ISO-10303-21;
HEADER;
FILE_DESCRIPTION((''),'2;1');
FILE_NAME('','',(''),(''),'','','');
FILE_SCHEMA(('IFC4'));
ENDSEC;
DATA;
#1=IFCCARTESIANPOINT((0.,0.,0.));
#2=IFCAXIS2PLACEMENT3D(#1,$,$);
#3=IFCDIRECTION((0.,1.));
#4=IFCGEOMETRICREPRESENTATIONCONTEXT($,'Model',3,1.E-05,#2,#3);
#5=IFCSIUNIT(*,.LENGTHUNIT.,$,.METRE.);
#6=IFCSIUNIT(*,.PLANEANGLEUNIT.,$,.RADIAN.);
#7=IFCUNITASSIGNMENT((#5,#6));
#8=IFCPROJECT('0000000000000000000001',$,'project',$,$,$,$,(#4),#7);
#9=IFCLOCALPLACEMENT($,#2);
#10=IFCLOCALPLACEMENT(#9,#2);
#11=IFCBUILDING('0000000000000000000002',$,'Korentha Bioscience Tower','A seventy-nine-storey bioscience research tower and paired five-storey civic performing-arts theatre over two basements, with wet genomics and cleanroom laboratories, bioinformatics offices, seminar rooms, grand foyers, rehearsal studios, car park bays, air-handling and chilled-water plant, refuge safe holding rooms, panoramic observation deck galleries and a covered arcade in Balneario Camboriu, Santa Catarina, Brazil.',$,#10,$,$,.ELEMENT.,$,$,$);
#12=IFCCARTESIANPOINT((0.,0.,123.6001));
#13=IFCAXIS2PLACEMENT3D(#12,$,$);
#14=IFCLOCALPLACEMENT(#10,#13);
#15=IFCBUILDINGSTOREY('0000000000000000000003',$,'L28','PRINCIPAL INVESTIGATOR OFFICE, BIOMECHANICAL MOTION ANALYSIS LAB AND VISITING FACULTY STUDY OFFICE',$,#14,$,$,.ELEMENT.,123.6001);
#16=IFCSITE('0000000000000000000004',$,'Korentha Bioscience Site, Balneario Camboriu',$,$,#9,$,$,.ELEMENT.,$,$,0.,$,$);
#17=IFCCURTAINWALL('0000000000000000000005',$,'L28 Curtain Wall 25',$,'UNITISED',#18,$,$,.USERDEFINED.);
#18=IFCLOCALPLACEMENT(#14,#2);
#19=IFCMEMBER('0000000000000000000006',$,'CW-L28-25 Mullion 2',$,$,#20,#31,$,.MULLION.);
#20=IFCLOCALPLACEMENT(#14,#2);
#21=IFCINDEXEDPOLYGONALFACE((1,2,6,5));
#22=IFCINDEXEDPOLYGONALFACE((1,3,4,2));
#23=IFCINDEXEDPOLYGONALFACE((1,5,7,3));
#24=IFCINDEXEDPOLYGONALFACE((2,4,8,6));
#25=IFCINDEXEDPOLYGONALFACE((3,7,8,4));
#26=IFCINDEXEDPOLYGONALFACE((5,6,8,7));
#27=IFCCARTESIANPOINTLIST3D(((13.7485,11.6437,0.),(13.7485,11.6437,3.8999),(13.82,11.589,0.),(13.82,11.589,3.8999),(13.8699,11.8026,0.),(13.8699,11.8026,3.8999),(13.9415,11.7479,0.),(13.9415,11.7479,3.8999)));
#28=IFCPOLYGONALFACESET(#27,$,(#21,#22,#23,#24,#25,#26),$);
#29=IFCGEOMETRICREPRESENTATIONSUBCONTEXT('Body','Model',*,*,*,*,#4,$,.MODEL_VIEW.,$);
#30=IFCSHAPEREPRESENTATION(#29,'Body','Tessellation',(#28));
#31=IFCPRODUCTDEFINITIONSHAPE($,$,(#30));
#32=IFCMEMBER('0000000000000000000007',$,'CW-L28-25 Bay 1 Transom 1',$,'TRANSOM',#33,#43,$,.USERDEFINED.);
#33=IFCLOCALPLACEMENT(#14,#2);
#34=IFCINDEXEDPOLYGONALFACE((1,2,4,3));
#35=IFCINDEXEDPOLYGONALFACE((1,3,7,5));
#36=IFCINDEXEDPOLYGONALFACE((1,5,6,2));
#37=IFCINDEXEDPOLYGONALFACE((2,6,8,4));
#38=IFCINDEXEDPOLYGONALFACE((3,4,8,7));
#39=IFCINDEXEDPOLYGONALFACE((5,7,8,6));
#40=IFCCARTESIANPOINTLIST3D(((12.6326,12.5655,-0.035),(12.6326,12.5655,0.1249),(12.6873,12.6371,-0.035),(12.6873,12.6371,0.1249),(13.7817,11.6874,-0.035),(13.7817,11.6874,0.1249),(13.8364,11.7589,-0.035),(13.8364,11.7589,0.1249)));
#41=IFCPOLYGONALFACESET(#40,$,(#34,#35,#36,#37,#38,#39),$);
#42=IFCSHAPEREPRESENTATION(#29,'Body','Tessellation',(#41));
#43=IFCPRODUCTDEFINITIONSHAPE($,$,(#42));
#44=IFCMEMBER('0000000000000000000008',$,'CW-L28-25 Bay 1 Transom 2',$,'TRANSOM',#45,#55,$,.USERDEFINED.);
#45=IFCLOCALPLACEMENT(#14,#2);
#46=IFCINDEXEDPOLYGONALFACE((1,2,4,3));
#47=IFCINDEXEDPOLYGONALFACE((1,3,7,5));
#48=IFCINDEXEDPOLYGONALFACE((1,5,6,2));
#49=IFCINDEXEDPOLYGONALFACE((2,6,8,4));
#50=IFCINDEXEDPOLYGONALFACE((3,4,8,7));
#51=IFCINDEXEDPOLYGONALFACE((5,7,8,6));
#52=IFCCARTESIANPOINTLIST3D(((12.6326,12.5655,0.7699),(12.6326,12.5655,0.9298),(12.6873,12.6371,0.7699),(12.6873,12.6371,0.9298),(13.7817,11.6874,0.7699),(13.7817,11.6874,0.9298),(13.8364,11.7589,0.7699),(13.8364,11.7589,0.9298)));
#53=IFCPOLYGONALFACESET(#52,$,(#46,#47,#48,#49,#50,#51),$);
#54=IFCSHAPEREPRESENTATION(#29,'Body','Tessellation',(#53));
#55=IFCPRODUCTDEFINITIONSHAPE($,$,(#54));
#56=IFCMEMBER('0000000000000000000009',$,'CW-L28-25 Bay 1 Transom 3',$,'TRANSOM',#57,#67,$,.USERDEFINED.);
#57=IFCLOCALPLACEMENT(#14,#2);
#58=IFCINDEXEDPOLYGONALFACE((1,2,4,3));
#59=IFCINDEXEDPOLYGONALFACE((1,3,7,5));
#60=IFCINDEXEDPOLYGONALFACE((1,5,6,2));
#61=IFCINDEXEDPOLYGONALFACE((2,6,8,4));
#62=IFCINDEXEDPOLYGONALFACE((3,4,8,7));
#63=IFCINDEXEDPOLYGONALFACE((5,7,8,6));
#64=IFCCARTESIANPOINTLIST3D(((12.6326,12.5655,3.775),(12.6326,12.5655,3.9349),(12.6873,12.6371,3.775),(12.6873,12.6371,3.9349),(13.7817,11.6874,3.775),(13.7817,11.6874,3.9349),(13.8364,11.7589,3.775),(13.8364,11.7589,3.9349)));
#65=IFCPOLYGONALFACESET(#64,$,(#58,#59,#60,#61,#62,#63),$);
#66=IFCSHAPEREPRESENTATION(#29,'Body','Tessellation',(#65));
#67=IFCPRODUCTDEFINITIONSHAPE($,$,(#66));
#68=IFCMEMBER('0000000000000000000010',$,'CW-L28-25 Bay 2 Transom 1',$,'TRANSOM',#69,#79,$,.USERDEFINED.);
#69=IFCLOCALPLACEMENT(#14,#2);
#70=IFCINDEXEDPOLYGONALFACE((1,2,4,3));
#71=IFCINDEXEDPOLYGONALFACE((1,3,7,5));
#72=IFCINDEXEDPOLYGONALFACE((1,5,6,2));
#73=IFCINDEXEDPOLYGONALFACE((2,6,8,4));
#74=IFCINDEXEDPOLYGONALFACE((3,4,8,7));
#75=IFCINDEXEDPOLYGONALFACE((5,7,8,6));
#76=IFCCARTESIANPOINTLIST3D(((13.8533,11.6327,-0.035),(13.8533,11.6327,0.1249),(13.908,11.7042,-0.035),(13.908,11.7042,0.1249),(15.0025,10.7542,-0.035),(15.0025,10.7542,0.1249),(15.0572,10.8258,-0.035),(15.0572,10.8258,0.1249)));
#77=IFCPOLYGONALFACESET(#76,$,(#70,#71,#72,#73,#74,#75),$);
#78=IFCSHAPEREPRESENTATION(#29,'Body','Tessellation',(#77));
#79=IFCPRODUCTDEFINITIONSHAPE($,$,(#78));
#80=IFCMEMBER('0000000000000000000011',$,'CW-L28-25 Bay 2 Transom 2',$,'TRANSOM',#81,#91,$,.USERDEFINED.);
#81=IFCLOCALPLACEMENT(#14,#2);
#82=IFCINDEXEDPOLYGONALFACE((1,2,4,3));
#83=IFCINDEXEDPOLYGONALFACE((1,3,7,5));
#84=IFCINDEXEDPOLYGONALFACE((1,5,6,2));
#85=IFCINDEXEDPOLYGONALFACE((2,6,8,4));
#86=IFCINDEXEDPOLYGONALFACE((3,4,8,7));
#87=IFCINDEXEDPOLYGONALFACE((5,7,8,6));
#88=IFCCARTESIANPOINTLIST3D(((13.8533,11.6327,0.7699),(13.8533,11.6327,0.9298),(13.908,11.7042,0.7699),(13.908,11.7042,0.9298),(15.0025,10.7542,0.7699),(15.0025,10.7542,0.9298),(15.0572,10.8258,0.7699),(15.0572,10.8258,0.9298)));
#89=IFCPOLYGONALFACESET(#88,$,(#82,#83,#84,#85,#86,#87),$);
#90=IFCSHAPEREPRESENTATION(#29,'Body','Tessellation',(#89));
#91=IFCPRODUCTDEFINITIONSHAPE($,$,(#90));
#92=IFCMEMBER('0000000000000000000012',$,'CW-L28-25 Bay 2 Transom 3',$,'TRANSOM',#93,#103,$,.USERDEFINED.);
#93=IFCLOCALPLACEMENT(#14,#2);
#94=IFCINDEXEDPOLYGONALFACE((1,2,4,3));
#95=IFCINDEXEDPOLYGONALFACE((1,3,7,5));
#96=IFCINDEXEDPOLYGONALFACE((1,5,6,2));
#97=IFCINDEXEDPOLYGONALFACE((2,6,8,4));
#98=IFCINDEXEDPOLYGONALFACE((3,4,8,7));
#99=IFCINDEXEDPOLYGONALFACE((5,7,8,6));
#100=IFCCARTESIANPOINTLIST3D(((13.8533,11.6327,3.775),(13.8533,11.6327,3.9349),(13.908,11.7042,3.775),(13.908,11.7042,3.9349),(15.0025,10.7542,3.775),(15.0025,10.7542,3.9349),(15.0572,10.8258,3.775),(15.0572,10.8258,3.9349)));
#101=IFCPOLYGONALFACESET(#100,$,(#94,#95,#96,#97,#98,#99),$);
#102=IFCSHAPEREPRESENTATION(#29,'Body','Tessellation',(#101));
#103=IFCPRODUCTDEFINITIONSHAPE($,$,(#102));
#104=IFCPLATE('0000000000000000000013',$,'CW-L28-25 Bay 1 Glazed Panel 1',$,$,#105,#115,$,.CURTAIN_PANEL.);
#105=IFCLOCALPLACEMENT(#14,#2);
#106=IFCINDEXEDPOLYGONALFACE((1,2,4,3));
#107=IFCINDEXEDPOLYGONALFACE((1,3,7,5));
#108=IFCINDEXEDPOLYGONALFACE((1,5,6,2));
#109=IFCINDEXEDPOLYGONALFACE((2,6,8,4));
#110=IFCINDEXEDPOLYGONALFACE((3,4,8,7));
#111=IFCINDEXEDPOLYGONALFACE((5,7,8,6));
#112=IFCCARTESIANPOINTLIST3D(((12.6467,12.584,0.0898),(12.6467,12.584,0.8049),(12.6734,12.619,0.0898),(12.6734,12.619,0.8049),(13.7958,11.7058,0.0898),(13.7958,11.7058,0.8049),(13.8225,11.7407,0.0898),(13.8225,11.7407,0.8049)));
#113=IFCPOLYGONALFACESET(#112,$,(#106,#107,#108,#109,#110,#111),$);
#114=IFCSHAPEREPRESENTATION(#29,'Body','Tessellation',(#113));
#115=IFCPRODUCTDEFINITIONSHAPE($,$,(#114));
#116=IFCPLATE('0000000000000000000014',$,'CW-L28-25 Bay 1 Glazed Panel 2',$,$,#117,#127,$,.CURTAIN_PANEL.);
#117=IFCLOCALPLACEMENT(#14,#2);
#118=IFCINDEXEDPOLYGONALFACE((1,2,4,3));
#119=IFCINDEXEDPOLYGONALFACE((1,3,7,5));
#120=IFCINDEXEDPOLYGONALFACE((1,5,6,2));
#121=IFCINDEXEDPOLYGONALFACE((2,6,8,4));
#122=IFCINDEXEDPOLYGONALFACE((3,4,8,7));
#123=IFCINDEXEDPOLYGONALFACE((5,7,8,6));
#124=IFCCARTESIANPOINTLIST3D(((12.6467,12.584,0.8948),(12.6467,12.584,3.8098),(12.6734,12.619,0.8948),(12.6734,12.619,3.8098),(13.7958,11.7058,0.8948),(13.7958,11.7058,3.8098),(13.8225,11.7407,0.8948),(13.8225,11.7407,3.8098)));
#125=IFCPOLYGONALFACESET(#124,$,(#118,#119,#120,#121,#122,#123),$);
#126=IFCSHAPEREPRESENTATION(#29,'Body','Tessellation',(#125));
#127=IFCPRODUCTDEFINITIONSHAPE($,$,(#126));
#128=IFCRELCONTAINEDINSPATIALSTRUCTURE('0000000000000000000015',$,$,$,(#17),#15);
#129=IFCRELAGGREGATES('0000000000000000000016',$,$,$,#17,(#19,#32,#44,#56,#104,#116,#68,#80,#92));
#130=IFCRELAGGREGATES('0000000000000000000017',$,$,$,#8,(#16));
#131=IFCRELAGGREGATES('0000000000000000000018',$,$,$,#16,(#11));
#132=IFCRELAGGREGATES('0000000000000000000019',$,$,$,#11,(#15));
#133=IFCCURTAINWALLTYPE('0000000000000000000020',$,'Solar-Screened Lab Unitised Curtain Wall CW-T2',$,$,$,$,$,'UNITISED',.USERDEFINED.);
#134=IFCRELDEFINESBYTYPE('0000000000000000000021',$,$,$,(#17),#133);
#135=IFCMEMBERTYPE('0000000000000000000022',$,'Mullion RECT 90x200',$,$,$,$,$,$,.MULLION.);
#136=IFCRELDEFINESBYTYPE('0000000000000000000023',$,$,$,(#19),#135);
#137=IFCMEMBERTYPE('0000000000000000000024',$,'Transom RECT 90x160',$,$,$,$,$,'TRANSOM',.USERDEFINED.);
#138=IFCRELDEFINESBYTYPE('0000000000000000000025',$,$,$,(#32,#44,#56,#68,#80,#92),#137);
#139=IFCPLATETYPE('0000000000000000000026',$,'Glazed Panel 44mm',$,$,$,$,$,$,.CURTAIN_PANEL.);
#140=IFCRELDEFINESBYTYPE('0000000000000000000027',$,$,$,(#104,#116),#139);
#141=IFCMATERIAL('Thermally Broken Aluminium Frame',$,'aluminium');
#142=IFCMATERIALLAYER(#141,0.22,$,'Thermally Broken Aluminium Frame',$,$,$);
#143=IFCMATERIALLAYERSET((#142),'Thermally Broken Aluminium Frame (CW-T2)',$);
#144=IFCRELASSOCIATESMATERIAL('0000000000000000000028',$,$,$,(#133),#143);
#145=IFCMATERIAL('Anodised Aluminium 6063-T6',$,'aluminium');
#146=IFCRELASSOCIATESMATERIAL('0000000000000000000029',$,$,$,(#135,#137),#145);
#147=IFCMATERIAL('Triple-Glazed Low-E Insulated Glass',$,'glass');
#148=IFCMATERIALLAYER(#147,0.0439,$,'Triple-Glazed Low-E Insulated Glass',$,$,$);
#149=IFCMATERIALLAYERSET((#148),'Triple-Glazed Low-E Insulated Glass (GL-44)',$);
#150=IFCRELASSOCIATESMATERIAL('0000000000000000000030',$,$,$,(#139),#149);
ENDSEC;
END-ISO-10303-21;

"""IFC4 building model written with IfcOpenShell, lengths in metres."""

from ifc_helpers import new_model, si_unit, direction, frame, origin, origin_2d, place, context, subcontext, project, spatial, rectangle, extrude, material, layer, layer_set, material_profile, profile_set, type_object, element, aggregate, save


model = new_model("IFC4")

# Units and contexts
model_context = context("Model", 3, precision=1e-05, world=origin(), true_north=direction((0.0, 1.0)))
body_context = subcontext(model_context, "Body", "Model", "MODEL_VIEW")
ifc_project = project(units=[si_unit("LENGTHUNIT", "METRE"), si_unit("PLANEANGLEUNIT", "RADIAN")], contexts=[model_context])

# Site, building, storey
site_placement = place(None, origin())
site = spatial("IfcSite", under=ifc_project, at=site_placement, Name="Korentha Bioscience Site, Balneario Camboriu", CompositionType="ELEMENT", RefElevation=0.0)
building_placement = place(site_placement, origin())
building = spatial("IfcBuilding", under=site, at=building_placement, Name="Korentha Bioscience Tower", Description="A seventy-nine-storey bioscience research tower and paired five-storey civic performing-arts theatre over two basements, with wet genomics and cleanroom laboratories, bioinformatics offices, seminar rooms, grand foyers, rehearsal studios, car park bays, air-handling and chilled-water plant, refuge safe holding rooms, panoramic observation deck galleries and a covered arcade in Balneario Camboriu, Santa Catarina, Brazil.", CompositionType="ELEMENT")
storey_placement = place(building_placement, frame((0.0, 0.0, 123.6001)))
storey = spatial("IfcBuildingStorey", under=building, at=storey_placement, Name="L28", Description="PRINCIPAL INVESTIGATOR OFFICE, BIOMECHANICAL MOTION ANALYSIS LAB AND VISITING FACULTY STUDY OFFICE", CompositionType="ELEMENT", Elevation=123.6001)

# Curtain wall, members, plates
ifc_material_1 = material(Name="Thermally Broken Aluminium Frame", Category="aluminium")
ifc_layer_1 = layer(ifc_material_1, 0.22, Name="Thermally Broken Aluminium Frame")
ifc_layer_set_1 = layer_set([ifc_layer_1], Name="Thermally Broken Aluminium Frame (CW-T2)")
curtain_wall_type = type_object("IfcCurtainWallType", Name="Solar-Screened Lab Unitised Curtain Wall CW-T2", ElementType="UNITISED", PredefinedType="USERDEFINED", material=ifc_layer_set_1)
curtain_wall_placement = place(storey_placement, origin())
curtain_wall = element("IfcCurtainWall", 1, at=curtain_wall_placement, inside=storey, type_object=curtain_wall_type, Name="L28 Curtain Wall 25", ObjectType="UNITISED", PredefinedType="USERDEFINED")
ifc_material_2 = material(Name="Anodised Aluminium 6063-T6", Category="aluminium")
ifc_material_profile_1 = material_profile(ifc_material_2, rectangle(XDim=0.0901, YDim=0.2, at=origin_2d()), Name="Anodised Aluminium 6063-T6")
ifc_profile_set_1 = profile_set([ifc_material_profile_1], Name="Anodised Aluminium 6063-T6 (CW-MUL)")
member_type_1 = type_object("IfcMemberType", Name="Mullion RECT 90x200", PredefinedType="MULLION", material=ifc_profile_set_1)
member_1_placement = place(storey_placement, frame((13.845, 11.6958, 0.0), z_axis=(0.0, 0.0, 1.0), x_axis=(0.7945, -0.607265, 0.0)))
member_1 = element("IfcMember", 2, at=member_1_placement, type_object=member_type_1, Name="CW-L28-25 Mullion 2", PredefinedType="MULLION", context=body_context, shape_type="SweptSolid", body=[
    extrude(rectangle(XDim=0.0901, YDim=0.2, at=origin_2d()), origin(), (0.0, 0.0, 1.0), 3.8999),
])
ifc_material_profile_2 = material_profile(ifc_material_2, rectangle(XDim=0.0901, YDim=0.1599, at=origin_2d()), Name="Anodised Aluminium 6063-T6")
ifc_profile_set_2 = profile_set([ifc_material_profile_2], Name="Anodised Aluminium 6063-T6 (CW-TRN)")
member_type_2 = type_object("IfcMemberType", Name="Transom RECT 90x160", ElementType="TRANSOM", PredefinedType="USERDEFINED", material=ifc_profile_set_2)
member_2_placement = place(storey_placement, frame((12.6599, 12.6013, 0.0449), z_axis=(0.794559, -0.607187, 0.0), x_axis=(0.607187, 0.794559, 0.0)))
member_2 = element("IfcMember", 3, at=member_2_placement, type_object=member_type_2, Name="CW-L28-25 Bay 1 Transom 1", ObjectType="TRANSOM", PredefinedType="USERDEFINED", context=body_context, shape_type="SweptSolid", body=[
    extrude(rectangle(XDim=0.0901, YDim=0.1599, at=origin_2d()), origin(), (0.0, 0.0, 1.0), 1.4463),
])
member_3_placement = place(storey_placement, frame((12.6599, 12.6013, 0.8499), z_axis=(0.794559, -0.607187, 0.0), x_axis=(0.607187, 0.794559, 0.0)))
member_3 = element("IfcMember", 4, at=member_3_placement, type_object=member_type_2, Name="CW-L28-25 Bay 1 Transom 2", ObjectType="TRANSOM", PredefinedType="USERDEFINED", context=body_context, shape_type="SweptSolid", body=[
    extrude(rectangle(XDim=0.0901, YDim=0.1599, at=origin_2d()), origin(), (0.0, 0.0, 1.0), 1.4463),
])
member_4_placement = place(storey_placement, frame((12.6599, 12.6013, 3.855), z_axis=(0.794559, -0.607187, 0.0), x_axis=(0.607187, 0.794559, 0.0)))
member_4 = element("IfcMember", 5, at=member_4_placement, type_object=member_type_2, Name="CW-L28-25 Bay 1 Transom 3", ObjectType="TRANSOM", PredefinedType="USERDEFINED", context=body_context, shape_type="SweptSolid", body=[
    extrude(rectangle(XDim=0.0901, YDim=0.1599, at=origin_2d()), origin(), (0.0, 0.0, 1.0), 1.4463),
])
member_5_placement = place(storey_placement, frame((13.8806, 11.6685, 0.0449), z_axis=(0.794478, -0.607293, 0.0), x_axis=(0.607293, 0.794478, 0.0)))
member_5 = element("IfcMember", 6, at=member_5_placement, type_object=member_type_2, Name="CW-L28-25 Bay 2 Transom 1", ObjectType="TRANSOM", PredefinedType="USERDEFINED", context=body_context, shape_type="SweptSolid", body=[
    extrude(rectangle(XDim=0.0901, YDim=0.1599, at=origin_2d()), origin(), (0.0, 0.0, 1.0), 1.4465),
])
member_6_placement = place(storey_placement, frame((13.8806, 11.6685, 0.8499), z_axis=(0.794478, -0.607293, 0.0), x_axis=(0.607293, 0.794478, 0.0)))
member_6 = element("IfcMember", 7, at=member_6_placement, type_object=member_type_2, Name="CW-L28-25 Bay 2 Transom 2", ObjectType="TRANSOM", PredefinedType="USERDEFINED", context=body_context, shape_type="SweptSolid", body=[
    extrude(rectangle(XDim=0.0901, YDim=0.1599, at=origin_2d()), origin(), (0.0, 0.0, 1.0), 1.4465),
])
member_7_placement = place(storey_placement, frame((13.8806, 11.6685, 3.855), z_axis=(0.794478, -0.607293, 0.0), x_axis=(0.607293, 0.794478, 0.0)))
member_7 = element("IfcMember", 8, at=member_7_placement, type_object=member_type_2, Name="CW-L28-25 Bay 2 Transom 3", ObjectType="TRANSOM", PredefinedType="USERDEFINED", context=body_context, shape_type="SweptSolid", body=[
    extrude(rectangle(XDim=0.0901, YDim=0.1599, at=origin_2d()), origin(), (0.0, 0.0, 1.0), 1.4465),
])
ifc_material_3 = material(Name="Triple-Glazed Low-E Insulated Glass", Category="glass")
ifc_layer_2 = layer(ifc_material_3, 0.0439, Name="Triple-Glazed Low-E Insulated Glass")
ifc_layer_set_2 = layer_set([ifc_layer_2], Name="Triple-Glazed Low-E Insulated Glass (GL-44)")
plate_type = type_object("IfcPlateType", Name="Glazed Panel 44mm", PredefinedType="CURTAIN_PANEL", material=ifc_layer_set_2)
plate_1_placement = place(storey_placement, frame((13.2346, 12.1624, 0.0898), z_axis=(0.0, 0.0, 1.0), x_axis=(0.7945, -0.607265, 0.0)))
plate_1 = element("IfcPlate", 9, at=plate_1_placement, type_object=plate_type, Name="CW-L28-25 Bay 1 Glazed Panel 1", PredefinedType="CURTAIN_PANEL", context=body_context, shape_type="SweptSolid", body=[
    extrude(rectangle(XDim=1.4463, YDim=0.0439, at=origin_2d()), origin(), (0.0, 0.0, 1.0), 0.7151),
])
plate_2_placement = place(storey_placement, frame((13.2346, 12.1624, 0.8948), z_axis=(0.0, 0.0, 1.0), x_axis=(0.7945, -0.607265, 0.0)))
plate_2 = element("IfcPlate", 10, at=plate_2_placement, type_object=plate_type, Name="CW-L28-25 Bay 1 Glazed Panel 2", PredefinedType="CURTAIN_PANEL", context=body_context, shape_type="SweptSolid", body=[
    extrude(rectangle(XDim=1.4463, YDim=0.0439, at=origin_2d()), origin(), (0.0, 0.0, 1.0), 2.915),
])
aggregate(curtain_wall, [member_1, member_2, member_3, member_4, plate_1, plate_2, member_5, member_6, member_7])

save(model, "model.ifc")
